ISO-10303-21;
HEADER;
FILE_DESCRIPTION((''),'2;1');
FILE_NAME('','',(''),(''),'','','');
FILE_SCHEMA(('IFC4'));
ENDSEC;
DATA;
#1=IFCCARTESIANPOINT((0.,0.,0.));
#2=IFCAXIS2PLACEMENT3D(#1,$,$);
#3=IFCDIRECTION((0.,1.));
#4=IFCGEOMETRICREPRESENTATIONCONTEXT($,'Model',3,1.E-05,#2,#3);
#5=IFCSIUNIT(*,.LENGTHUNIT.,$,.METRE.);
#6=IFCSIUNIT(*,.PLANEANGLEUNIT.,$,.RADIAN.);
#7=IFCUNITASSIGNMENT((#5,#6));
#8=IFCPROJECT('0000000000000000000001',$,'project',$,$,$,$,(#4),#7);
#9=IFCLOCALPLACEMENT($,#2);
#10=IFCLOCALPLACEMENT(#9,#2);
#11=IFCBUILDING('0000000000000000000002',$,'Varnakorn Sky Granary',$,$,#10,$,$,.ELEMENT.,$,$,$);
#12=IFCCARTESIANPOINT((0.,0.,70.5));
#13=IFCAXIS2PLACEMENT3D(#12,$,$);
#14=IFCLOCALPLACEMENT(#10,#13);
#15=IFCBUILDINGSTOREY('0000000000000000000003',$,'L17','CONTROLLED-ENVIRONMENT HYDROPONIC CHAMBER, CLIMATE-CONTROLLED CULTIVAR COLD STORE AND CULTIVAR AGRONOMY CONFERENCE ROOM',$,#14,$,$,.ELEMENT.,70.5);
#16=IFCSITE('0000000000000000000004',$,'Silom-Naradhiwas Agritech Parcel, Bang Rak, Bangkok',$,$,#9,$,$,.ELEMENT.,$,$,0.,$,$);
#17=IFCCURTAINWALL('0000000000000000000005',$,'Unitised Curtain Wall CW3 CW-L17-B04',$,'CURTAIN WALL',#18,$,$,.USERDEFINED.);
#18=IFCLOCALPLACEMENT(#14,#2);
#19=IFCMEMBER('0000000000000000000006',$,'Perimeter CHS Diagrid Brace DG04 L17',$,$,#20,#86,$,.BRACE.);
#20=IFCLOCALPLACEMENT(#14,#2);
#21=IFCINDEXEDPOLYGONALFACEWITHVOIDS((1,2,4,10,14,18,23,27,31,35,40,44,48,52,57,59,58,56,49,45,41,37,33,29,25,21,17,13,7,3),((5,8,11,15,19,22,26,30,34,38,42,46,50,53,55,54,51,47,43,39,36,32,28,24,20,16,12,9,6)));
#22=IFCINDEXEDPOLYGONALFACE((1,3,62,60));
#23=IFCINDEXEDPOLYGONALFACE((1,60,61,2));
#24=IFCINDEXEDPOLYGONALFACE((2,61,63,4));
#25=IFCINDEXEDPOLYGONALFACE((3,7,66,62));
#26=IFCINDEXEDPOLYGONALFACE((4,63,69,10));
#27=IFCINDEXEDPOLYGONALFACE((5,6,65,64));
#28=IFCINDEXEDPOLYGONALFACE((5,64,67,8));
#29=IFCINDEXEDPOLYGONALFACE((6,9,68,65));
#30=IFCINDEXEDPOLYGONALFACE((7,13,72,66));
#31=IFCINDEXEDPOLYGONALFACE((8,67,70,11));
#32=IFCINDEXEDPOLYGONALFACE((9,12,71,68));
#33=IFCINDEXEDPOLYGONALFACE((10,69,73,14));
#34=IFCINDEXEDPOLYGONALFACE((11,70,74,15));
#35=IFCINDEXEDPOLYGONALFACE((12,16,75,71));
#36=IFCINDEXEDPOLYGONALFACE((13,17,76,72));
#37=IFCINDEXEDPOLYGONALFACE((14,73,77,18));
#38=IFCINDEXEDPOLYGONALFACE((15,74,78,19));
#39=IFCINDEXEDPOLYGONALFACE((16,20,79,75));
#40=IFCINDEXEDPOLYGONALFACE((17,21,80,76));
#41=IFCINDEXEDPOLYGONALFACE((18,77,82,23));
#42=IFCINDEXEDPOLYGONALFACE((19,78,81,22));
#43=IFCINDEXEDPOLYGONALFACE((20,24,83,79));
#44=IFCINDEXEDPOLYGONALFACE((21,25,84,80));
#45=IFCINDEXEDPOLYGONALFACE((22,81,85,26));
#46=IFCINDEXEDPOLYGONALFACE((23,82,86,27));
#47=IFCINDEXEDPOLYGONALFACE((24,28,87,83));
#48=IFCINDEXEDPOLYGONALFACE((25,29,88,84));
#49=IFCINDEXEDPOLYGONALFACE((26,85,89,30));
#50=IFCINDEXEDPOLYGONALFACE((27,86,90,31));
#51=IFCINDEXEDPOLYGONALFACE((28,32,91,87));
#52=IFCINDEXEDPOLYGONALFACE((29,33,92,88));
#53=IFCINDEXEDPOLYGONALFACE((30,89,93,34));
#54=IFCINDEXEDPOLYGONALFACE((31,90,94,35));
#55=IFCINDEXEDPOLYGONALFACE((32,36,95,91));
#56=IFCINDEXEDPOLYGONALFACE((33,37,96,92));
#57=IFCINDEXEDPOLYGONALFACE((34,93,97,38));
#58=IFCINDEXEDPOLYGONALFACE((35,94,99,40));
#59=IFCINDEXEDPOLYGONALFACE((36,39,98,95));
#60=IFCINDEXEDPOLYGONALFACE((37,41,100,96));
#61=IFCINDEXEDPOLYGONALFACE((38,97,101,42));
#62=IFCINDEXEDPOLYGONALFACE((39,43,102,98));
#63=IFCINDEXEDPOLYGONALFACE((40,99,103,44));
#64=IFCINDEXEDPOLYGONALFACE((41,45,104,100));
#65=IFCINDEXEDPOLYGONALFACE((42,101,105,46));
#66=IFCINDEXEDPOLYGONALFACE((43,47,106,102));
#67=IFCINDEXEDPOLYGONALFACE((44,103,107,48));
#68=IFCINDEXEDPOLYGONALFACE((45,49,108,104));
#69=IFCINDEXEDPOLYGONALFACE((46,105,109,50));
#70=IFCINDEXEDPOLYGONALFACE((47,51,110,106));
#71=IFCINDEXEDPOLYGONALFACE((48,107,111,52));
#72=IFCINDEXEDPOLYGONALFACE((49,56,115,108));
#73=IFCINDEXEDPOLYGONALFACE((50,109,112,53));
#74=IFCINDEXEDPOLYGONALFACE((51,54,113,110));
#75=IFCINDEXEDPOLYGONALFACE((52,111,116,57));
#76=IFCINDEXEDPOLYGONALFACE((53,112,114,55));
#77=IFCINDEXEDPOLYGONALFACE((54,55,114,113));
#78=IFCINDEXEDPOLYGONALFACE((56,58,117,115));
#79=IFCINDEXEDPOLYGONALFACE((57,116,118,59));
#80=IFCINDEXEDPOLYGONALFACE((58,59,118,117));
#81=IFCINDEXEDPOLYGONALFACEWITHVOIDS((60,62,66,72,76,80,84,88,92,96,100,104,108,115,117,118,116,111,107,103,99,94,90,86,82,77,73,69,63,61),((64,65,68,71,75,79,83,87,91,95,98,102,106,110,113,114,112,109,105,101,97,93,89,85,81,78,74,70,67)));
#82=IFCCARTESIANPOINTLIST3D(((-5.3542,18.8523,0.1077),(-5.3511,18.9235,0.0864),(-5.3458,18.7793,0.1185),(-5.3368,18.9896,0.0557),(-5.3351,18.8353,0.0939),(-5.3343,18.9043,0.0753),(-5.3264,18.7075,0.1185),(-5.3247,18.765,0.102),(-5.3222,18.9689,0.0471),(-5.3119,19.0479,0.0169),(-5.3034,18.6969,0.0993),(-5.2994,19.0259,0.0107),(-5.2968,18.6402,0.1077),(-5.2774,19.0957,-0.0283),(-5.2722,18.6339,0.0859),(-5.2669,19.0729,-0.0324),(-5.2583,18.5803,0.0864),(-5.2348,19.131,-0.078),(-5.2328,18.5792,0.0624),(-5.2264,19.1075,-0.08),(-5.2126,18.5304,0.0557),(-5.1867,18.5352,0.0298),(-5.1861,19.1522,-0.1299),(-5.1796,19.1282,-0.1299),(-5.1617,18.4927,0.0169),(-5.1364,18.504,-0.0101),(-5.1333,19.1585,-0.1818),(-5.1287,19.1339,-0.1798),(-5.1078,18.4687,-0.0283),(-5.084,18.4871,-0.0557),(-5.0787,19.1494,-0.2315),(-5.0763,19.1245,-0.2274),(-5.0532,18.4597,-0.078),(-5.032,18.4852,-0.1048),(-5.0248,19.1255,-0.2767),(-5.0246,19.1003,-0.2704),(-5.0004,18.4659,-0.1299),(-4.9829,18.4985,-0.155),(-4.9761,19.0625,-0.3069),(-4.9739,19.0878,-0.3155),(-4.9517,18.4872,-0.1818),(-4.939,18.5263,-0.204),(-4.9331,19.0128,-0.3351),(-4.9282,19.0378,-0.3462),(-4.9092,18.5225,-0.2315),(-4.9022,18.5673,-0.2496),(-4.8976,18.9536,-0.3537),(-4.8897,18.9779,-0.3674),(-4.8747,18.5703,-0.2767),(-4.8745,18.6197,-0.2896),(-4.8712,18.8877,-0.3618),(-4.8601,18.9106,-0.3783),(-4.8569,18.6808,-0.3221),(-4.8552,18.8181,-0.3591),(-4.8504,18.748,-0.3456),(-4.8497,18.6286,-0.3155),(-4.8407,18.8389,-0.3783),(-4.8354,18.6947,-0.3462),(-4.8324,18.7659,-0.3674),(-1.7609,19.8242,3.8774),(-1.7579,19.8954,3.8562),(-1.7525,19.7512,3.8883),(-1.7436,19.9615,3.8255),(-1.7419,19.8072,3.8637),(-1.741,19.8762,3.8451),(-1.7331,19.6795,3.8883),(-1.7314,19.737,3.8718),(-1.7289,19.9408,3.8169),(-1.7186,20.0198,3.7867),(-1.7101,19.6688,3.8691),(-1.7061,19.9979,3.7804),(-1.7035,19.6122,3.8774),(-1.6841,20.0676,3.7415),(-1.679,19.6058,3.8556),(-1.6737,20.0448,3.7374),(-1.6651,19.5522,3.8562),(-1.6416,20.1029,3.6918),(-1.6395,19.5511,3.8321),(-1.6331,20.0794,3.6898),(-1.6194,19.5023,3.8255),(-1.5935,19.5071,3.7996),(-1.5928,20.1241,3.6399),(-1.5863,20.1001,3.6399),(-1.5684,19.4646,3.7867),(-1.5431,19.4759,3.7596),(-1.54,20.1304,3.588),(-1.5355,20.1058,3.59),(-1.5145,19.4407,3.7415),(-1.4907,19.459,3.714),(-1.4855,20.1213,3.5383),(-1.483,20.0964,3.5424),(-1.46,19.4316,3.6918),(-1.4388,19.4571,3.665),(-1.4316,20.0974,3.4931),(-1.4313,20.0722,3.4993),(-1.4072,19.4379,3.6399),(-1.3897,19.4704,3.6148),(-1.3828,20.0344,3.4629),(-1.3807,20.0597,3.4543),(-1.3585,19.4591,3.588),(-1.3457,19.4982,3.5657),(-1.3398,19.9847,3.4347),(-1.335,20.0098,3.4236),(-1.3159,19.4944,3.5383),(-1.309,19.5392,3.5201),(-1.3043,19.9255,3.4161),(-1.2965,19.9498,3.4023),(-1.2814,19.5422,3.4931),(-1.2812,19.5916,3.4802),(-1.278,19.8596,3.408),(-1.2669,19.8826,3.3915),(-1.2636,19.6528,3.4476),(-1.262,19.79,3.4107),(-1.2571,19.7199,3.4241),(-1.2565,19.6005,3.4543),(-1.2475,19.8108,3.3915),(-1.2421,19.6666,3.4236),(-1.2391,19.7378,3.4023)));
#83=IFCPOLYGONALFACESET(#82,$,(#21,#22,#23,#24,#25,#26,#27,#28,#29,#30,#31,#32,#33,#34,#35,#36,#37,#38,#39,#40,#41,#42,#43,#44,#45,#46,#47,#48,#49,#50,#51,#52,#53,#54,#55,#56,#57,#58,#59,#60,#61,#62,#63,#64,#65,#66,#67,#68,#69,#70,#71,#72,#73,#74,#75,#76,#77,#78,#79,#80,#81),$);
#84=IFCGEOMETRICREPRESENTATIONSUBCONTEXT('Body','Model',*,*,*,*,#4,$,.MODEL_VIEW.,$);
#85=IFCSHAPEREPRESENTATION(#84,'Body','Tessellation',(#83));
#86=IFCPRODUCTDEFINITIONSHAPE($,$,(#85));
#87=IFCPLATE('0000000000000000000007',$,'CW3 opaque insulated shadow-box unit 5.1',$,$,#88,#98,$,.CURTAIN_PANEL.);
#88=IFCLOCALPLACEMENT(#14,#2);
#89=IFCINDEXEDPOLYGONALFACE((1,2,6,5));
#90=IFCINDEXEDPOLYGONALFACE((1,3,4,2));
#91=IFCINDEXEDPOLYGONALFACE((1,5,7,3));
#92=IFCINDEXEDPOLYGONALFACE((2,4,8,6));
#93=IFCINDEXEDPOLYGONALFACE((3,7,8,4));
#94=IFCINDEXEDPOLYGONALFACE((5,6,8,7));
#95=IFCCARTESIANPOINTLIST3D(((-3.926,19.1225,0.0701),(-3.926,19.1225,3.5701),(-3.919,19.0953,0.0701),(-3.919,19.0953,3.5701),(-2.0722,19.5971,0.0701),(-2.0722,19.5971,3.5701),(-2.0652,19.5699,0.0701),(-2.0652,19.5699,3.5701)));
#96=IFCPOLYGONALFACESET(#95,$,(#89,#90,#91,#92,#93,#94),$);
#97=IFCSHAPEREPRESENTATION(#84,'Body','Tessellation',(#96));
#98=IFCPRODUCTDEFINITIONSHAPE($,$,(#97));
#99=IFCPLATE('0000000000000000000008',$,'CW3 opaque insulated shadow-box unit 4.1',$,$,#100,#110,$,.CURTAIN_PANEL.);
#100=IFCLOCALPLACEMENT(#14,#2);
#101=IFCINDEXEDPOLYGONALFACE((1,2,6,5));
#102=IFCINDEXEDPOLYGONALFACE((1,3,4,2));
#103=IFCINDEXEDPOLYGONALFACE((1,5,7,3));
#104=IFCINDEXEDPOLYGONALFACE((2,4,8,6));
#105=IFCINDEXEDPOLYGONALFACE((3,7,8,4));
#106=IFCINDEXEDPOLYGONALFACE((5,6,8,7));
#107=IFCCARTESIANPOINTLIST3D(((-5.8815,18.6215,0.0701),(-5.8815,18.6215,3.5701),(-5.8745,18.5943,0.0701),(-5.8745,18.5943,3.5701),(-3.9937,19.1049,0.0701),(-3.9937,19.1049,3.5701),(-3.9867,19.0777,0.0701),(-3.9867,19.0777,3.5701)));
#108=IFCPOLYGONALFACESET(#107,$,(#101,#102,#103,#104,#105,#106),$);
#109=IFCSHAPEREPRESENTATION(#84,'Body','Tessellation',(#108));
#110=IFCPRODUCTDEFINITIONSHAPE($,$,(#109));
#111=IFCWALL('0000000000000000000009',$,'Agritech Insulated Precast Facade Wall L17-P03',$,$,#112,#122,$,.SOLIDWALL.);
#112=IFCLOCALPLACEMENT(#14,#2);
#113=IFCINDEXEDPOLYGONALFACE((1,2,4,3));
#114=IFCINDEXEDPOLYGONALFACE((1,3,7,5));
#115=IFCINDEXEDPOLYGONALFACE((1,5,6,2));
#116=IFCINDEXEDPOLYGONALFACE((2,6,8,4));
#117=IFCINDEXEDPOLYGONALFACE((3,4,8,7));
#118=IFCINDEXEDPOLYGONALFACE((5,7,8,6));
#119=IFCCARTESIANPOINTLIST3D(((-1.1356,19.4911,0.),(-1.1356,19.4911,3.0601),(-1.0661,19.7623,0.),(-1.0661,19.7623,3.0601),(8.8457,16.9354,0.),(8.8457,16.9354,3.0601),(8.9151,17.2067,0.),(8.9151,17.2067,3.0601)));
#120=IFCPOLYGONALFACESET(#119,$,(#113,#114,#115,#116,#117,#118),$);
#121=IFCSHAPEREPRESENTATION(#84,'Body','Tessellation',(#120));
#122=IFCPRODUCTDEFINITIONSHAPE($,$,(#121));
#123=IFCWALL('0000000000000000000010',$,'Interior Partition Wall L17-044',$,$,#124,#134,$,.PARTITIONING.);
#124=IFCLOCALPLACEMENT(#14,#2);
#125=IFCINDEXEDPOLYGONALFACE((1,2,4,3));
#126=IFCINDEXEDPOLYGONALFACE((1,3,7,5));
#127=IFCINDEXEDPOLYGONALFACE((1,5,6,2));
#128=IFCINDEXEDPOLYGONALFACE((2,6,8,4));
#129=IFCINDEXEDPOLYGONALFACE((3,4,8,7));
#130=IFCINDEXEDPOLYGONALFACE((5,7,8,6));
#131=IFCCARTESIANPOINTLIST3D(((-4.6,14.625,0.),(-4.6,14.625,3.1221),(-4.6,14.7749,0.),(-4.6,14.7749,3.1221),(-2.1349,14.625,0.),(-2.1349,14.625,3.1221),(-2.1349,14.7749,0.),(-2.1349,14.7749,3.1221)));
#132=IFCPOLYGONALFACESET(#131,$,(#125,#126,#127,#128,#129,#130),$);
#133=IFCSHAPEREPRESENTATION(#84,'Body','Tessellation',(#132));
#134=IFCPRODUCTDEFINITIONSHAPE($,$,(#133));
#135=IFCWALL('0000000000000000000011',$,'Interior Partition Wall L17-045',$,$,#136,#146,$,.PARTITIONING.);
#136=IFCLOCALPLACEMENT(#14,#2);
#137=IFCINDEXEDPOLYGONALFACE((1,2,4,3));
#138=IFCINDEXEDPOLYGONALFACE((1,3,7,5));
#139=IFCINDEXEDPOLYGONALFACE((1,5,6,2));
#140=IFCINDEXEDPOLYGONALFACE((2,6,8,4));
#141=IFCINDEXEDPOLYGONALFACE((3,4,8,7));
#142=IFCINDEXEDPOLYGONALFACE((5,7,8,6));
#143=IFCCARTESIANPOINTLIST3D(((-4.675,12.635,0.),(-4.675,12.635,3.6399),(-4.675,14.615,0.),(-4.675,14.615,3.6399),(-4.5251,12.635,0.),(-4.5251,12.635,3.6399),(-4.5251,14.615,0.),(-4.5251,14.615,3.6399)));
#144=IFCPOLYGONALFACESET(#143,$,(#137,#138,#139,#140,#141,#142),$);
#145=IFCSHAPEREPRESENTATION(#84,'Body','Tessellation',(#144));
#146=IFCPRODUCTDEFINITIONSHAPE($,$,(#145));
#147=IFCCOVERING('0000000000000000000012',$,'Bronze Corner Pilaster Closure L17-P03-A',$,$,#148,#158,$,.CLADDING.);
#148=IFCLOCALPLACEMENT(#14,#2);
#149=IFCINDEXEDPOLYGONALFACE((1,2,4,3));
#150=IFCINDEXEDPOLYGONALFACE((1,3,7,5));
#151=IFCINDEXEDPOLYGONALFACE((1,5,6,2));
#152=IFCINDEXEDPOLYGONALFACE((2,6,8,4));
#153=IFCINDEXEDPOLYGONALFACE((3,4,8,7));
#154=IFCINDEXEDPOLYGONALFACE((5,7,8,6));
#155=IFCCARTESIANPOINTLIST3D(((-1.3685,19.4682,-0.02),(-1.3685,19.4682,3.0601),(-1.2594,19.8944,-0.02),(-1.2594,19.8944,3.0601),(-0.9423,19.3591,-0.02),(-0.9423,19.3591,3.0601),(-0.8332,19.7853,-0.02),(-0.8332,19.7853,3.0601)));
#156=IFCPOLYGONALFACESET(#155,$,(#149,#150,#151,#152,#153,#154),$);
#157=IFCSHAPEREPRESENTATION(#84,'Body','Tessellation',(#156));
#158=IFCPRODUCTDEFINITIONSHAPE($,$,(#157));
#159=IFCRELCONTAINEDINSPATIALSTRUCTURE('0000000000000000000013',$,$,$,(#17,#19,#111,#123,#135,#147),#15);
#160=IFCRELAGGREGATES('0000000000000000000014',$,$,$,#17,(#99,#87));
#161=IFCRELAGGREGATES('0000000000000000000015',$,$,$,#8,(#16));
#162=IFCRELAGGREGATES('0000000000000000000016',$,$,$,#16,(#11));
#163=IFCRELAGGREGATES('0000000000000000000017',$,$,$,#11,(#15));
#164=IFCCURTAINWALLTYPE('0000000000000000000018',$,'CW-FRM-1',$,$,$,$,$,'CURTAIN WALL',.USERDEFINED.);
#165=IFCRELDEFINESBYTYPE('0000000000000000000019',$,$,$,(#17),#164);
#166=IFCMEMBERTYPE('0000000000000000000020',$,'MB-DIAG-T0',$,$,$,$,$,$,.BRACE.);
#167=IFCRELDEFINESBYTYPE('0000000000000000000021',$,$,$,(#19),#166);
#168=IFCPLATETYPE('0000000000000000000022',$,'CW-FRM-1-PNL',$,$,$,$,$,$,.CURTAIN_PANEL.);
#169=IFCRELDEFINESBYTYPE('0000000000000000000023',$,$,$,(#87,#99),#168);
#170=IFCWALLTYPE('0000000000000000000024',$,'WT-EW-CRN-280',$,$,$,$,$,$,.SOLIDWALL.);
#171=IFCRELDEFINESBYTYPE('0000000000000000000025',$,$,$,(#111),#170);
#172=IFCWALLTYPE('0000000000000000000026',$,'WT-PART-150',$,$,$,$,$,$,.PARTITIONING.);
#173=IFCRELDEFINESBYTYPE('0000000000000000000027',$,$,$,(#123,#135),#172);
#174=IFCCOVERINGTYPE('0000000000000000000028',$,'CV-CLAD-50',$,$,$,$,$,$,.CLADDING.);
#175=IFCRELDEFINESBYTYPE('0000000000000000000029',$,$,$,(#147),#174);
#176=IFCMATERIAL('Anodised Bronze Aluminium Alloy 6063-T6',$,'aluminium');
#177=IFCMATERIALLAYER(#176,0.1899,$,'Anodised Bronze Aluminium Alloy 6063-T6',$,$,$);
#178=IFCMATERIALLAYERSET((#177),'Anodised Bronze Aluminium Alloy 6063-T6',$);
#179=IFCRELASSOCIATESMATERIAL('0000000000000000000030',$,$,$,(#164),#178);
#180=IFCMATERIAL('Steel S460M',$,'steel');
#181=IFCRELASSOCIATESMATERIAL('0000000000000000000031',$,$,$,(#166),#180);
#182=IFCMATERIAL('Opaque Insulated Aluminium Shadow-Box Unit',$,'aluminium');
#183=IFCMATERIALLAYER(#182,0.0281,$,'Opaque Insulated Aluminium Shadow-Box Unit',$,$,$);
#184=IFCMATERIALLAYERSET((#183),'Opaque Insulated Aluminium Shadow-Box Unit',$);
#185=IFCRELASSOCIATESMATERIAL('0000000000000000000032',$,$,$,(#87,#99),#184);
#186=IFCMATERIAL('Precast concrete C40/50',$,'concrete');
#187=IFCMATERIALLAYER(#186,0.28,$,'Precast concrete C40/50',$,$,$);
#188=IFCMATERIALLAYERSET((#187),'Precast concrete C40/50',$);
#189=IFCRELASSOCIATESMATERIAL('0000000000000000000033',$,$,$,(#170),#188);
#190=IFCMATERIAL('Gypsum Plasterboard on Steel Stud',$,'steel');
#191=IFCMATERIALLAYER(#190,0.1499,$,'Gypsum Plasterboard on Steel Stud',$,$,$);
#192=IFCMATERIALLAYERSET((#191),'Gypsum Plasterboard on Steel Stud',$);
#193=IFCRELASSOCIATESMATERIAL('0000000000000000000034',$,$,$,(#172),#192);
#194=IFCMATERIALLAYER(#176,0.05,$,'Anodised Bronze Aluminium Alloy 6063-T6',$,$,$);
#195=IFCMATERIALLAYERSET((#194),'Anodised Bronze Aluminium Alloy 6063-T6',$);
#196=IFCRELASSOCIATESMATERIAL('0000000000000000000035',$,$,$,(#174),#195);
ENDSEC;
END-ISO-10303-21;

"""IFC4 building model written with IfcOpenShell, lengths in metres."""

from ifc_helpers import new_model, si_unit, direction, frame, frame_2d, origin, origin_2d, place, context, subcontext, project, spatial, rectangle, hollow_circle, extrude, source, transform, mapped, material, layer, layer_set, material_profile, profile_set, type_object, type_shapes, element, aggregate, save


model = new_model("IFC4")

# Units and contexts
model_context = context("Model", 3, precision=1e-05, world=origin(), true_north=direction((0.0, 1.0)))
body_context = subcontext(model_context, "Body", "Model", "MODEL_VIEW")
ifc_project = project(units=[si_unit("LENGTHUNIT", "METRE"), si_unit("PLANEANGLEUNIT", "RADIAN")], contexts=[model_context])

# Site, building, storey
site_placement = place(None, origin())
site = spatial("IfcSite", under=ifc_project, at=site_placement, Name="Silom-Naradhiwas Agritech Parcel, Bang Rak, Bangkok", CompositionType="ELEMENT", RefElevation=0.0)
building_placement = place(site_placement, origin())
building = spatial("IfcBuilding", under=site, at=building_placement, Name="Varnakorn Sky Granary", CompositionType="ELEMENT")
storey_placement = place(building_placement, frame((0.0, 0.0, 70.5)))
storey = spatial("IfcBuildingStorey", under=building, at=storey_placement, Name="L17", Description="CONTROLLED-ENVIRONMENT HYDROPONIC CHAMBER, CLIMATE-CONTROLLED CULTIVAR COLD STORE AND CULTIVAR AGRONOMY CONFERENCE ROOM", CompositionType="ELEMENT", Elevation=70.5)

# Shared definitions
ifc_material_1 = material(Name="Steel S460M", Category="steel")

# Curtain wall
ifc_material_2 = material(Name="Anodised Bronze Aluminium Alloy 6063-T6", Category="aluminium")
ifc_layer_1 = layer(ifc_material_2, 0.1899, Name="Anodised Bronze Aluminium Alloy 6063-T6")
ifc_layer_set_1 = layer_set([ifc_layer_1], Name="Anodised Bronze Aluminium Alloy 6063-T6")
curtain_wall_type = type_object("IfcCurtainWallType", Name="CW-FRM-1", ElementType="CURTAIN WALL", PredefinedType="USERDEFINED", material=ifc_layer_set_1)
curtain_wall_placement = place(storey_placement, origin())
curtain_wall = element("IfcCurtainWall", 1, at=curtain_wall_placement, inside=storey, type_object=curtain_wall_type, Name="Unitised Curtain Wall CW3 CW-L17-B04", ObjectType="CURTAIN WALL", PredefinedType="USERDEFINED")

# Member
ifc_material_profile_1 = material_profile(ifc_material_1, hollow_circle(Radius=0.3555, WallThickness=0.0249, at=origin_2d()), Name="CHS 711x25")
ifc_profile_set_1 = profile_set([ifc_material_profile_1], Name="Steel S460M")
member_type_1 = type_object("IfcMemberType", Name="MB-DIAG-T0", PredefinedType="BRACE", material=ifc_profile_set_1)
member_1_placement = place(storey_placement, frame((-5.0933, 18.8091, -0.1299), z_axis=(0.678247, 0.183456, 0.711565), x_axis=(-0.261102, 0.965311, 0.0)))
element("IfcMember", 2, at=member_1_placement, inside=storey, type_object=member_type_1, Name="Perimeter CHS Diagrid Brace DG04 L17", PredefinedType="BRACE", context=body_context, shape_type="SweptSolid", body=[
    extrude(hollow_circle(Radius=0.3555, WallThickness=0.0249, at=origin_2d()), origin(), (0.0, 0.0, 1.0), 5.2979),
])

# Plates
ifc_material_3 = material(Name="Opaque Insulated Aluminium Shadow-Box Unit", Category="aluminium")
ifc_layer_2 = layer(ifc_material_3, 0.0281, Name="Opaque Insulated Aluminium Shadow-Box Unit")
ifc_layer_set_2 = layer_set([ifc_layer_2], Name="Opaque Insulated Aluminium Shadow-Box Unit")
plate_type = type_object("IfcPlateType", Name="CW-FRM-1-PNL", PredefinedType="CURTAIN_PANEL")
shared_shape_1 = source(origin(), body_context, "Body", "SweptSolid", [
    extrude(rectangle(XDim=1.9136, YDim=0.0281, at=origin_2d()), origin(), (0.0, 0.0, 1.0), 3.5),
])
plate_1_placement = place(storey_placement, frame((-2.9956, 19.3462, 0.0701), z_axis=(0.0, 0.0, 1.0), x_axis=(0.968746, 0.248054, 0.0)))
plate_1 = element("IfcPlate", 3, at=plate_1_placement, type_object=plate_type, material=ifc_layer_set_2, Name="CW3 opaque insulated shadow-box unit 5.1", PredefinedType="CURTAIN_PANEL", context=body_context, shape_type="MappedRepresentation", body=[
    mapped(shared_shape_1, transform((0.0, 0.0, 0.0), x_axis=(1.0, 0.0, 0.0), y_axis=(0.0, 1.0, 0.0), z_axis=(0.0, 0.0, 1.0), scale=1.0)),
])
shared_shape_2 = source(origin(), body_context, "Body", "SweptSolid", [
    extrude(rectangle(XDim=1.9487, YDim=0.0281, at=origin_2d()), origin(), (0.0, 0.0, 1.0), 3.5),
])
type_shapes(plate_type, [shared_shape_1, shared_shape_2])
plate_2_placement = place(storey_placement, frame((-4.9341, 18.8496, 0.0701), z_axis=(0.0, 0.0, 1.0), x_axis=(0.968746, 0.248054, 0.0)))
plate_2 = element("IfcPlate", 4, at=plate_2_placement, type_object=plate_type, material=ifc_layer_set_2, Name="CW3 opaque insulated shadow-box unit 4.1", PredefinedType="CURTAIN_PANEL", context=body_context, shape_type="MappedRepresentation", body=[
    mapped(shared_shape_2, transform((0.0, 0.0, 0.0), x_axis=(1.0, 0.0, 0.0), y_axis=(0.0, 1.0, 0.0), z_axis=(0.0, 0.0, 1.0), scale=1.0)),
])
aggregate(curtain_wall, [plate_2, plate_1])

# Walls
ifc_material_4 = material(Name="Precast concrete C40/50", Category="concrete")
ifc_layer_3 = layer(ifc_material_4, 0.28, Name="Precast concrete C40/50")
ifc_layer_set_3 = layer_set([ifc_layer_3], Name="Precast concrete C40/50")
wall_type_1 = type_object("IfcWallType", Name="WT-EW-CRN-280", PredefinedType="SOLIDWALL", material=ifc_layer_set_3)
wall_1_placement = place(storey_placement, frame((-1.1008, 19.6267, 0.0), z_axis=(0.0, 0.0, 1.0), x_axis=(0.968748, -0.248046, 0.0)))
element("IfcWall", 5, at=wall_1_placement, inside=storey, type_object=wall_type_1, Name="Agritech Insulated Precast Facade Wall L17-P03", PredefinedType="SOLIDWALL", context=body_context, shape_type="SweptSolid", body=[
    extrude(rectangle(XDim=10.3032, YDim=0.28, at=frame_2d((5.1516, 0.0))), origin(), (0.0, 0.0, 1.0), 3.0601),
])
ifc_material_5 = material(Name="Gypsum Plasterboard on Steel Stud", Category="steel")
ifc_layer_4 = layer(ifc_material_5, 0.1499, Name="Gypsum Plasterboard on Steel Stud")
ifc_layer_set_4 = layer_set([ifc_layer_4], Name="Gypsum Plasterboard on Steel Stud")
wall_type_2 = type_object("IfcWallType", Name="WT-PART-150", PredefinedType="PARTITIONING", material=ifc_layer_set_4)
wall_2_placement = place(storey_placement, frame((-2.135, 14.7, 0.0), z_axis=(0.0, 0.0, 1.0), x_axis=(-1.0, 0.0, 0.0)))
element("IfcWall", 6, at=wall_2_placement, inside=storey, type_object=wall_type_2, Name="Interior Partition Wall L17-044", PredefinedType="PARTITIONING", context=body_context, shape_type="SweptSolid", body=[
    extrude(rectangle(XDim=2.4651, YDim=0.1499, at=frame_2d((1.2324, 0.0))), origin(), (0.0, 0.0, 1.0), 3.1221),
])
wall_3_placement = place(storey_placement, frame((-4.6001, 14.615, 0.0), z_axis=(0.0, 0.0, 1.0), x_axis=(0.0, -1.0, 0.0)))
element("IfcWall", 7, at=wall_3_placement, inside=storey, type_object=wall_type_2, Name="Interior Partition Wall L17-045", PredefinedType="PARTITIONING", context=body_context, shape_type="SweptSolid", body=[
    extrude(rectangle(XDim=1.98, YDim=0.1499, at=frame_2d((0.99, 0.0))), origin(), (0.0, 0.0, 1.0), 3.6399),
])

# Covering
ifc_layer_5 = layer(ifc_material_2, 0.05, Name="Anodised Bronze Aluminium Alloy 6063-T6")
ifc_layer_set_5 = layer_set([ifc_layer_5], Name="Anodised Bronze Aluminium Alloy 6063-T6")
covering_type = type_object("IfcCoveringType", Name="CV-CLAD-50", PredefinedType="CLADDING", material=ifc_layer_set_5)
shared_shape_3 = source(origin(), body_context, "Body", "SweptSolid", [
    extrude(rectangle(XDim=0.4399, YDim=0.4399, at=origin_2d()), origin(), (0.0, 0.0, 1.0), 3.0801),
])
type_shapes(covering_type, [shared_shape_3])
covering_placement = place(storey_placement, frame((-1.1008, 19.6267, -0.02), z_axis=(0.0, 0.0, 1.0), x_axis=(0.968757, -0.248014, 0.0)))
element("IfcCovering", 8, at=covering_placement, inside=storey, type_object=covering_type, Name="Bronze Corner Pilaster Closure L17-P03-A", PredefinedType="CLADDING", context=body_context, shape_type="MappedRepresentation", body=[
    mapped(shared_shape_3, transform((0.0, 0.0, 0.0), x_axis=(1.0, 0.0, 0.0), y_axis=(0.0, 1.0, 0.0), z_axis=(0.0, 0.0, 1.0), scale=1.0)),
])

save(model, "model.ifc")
